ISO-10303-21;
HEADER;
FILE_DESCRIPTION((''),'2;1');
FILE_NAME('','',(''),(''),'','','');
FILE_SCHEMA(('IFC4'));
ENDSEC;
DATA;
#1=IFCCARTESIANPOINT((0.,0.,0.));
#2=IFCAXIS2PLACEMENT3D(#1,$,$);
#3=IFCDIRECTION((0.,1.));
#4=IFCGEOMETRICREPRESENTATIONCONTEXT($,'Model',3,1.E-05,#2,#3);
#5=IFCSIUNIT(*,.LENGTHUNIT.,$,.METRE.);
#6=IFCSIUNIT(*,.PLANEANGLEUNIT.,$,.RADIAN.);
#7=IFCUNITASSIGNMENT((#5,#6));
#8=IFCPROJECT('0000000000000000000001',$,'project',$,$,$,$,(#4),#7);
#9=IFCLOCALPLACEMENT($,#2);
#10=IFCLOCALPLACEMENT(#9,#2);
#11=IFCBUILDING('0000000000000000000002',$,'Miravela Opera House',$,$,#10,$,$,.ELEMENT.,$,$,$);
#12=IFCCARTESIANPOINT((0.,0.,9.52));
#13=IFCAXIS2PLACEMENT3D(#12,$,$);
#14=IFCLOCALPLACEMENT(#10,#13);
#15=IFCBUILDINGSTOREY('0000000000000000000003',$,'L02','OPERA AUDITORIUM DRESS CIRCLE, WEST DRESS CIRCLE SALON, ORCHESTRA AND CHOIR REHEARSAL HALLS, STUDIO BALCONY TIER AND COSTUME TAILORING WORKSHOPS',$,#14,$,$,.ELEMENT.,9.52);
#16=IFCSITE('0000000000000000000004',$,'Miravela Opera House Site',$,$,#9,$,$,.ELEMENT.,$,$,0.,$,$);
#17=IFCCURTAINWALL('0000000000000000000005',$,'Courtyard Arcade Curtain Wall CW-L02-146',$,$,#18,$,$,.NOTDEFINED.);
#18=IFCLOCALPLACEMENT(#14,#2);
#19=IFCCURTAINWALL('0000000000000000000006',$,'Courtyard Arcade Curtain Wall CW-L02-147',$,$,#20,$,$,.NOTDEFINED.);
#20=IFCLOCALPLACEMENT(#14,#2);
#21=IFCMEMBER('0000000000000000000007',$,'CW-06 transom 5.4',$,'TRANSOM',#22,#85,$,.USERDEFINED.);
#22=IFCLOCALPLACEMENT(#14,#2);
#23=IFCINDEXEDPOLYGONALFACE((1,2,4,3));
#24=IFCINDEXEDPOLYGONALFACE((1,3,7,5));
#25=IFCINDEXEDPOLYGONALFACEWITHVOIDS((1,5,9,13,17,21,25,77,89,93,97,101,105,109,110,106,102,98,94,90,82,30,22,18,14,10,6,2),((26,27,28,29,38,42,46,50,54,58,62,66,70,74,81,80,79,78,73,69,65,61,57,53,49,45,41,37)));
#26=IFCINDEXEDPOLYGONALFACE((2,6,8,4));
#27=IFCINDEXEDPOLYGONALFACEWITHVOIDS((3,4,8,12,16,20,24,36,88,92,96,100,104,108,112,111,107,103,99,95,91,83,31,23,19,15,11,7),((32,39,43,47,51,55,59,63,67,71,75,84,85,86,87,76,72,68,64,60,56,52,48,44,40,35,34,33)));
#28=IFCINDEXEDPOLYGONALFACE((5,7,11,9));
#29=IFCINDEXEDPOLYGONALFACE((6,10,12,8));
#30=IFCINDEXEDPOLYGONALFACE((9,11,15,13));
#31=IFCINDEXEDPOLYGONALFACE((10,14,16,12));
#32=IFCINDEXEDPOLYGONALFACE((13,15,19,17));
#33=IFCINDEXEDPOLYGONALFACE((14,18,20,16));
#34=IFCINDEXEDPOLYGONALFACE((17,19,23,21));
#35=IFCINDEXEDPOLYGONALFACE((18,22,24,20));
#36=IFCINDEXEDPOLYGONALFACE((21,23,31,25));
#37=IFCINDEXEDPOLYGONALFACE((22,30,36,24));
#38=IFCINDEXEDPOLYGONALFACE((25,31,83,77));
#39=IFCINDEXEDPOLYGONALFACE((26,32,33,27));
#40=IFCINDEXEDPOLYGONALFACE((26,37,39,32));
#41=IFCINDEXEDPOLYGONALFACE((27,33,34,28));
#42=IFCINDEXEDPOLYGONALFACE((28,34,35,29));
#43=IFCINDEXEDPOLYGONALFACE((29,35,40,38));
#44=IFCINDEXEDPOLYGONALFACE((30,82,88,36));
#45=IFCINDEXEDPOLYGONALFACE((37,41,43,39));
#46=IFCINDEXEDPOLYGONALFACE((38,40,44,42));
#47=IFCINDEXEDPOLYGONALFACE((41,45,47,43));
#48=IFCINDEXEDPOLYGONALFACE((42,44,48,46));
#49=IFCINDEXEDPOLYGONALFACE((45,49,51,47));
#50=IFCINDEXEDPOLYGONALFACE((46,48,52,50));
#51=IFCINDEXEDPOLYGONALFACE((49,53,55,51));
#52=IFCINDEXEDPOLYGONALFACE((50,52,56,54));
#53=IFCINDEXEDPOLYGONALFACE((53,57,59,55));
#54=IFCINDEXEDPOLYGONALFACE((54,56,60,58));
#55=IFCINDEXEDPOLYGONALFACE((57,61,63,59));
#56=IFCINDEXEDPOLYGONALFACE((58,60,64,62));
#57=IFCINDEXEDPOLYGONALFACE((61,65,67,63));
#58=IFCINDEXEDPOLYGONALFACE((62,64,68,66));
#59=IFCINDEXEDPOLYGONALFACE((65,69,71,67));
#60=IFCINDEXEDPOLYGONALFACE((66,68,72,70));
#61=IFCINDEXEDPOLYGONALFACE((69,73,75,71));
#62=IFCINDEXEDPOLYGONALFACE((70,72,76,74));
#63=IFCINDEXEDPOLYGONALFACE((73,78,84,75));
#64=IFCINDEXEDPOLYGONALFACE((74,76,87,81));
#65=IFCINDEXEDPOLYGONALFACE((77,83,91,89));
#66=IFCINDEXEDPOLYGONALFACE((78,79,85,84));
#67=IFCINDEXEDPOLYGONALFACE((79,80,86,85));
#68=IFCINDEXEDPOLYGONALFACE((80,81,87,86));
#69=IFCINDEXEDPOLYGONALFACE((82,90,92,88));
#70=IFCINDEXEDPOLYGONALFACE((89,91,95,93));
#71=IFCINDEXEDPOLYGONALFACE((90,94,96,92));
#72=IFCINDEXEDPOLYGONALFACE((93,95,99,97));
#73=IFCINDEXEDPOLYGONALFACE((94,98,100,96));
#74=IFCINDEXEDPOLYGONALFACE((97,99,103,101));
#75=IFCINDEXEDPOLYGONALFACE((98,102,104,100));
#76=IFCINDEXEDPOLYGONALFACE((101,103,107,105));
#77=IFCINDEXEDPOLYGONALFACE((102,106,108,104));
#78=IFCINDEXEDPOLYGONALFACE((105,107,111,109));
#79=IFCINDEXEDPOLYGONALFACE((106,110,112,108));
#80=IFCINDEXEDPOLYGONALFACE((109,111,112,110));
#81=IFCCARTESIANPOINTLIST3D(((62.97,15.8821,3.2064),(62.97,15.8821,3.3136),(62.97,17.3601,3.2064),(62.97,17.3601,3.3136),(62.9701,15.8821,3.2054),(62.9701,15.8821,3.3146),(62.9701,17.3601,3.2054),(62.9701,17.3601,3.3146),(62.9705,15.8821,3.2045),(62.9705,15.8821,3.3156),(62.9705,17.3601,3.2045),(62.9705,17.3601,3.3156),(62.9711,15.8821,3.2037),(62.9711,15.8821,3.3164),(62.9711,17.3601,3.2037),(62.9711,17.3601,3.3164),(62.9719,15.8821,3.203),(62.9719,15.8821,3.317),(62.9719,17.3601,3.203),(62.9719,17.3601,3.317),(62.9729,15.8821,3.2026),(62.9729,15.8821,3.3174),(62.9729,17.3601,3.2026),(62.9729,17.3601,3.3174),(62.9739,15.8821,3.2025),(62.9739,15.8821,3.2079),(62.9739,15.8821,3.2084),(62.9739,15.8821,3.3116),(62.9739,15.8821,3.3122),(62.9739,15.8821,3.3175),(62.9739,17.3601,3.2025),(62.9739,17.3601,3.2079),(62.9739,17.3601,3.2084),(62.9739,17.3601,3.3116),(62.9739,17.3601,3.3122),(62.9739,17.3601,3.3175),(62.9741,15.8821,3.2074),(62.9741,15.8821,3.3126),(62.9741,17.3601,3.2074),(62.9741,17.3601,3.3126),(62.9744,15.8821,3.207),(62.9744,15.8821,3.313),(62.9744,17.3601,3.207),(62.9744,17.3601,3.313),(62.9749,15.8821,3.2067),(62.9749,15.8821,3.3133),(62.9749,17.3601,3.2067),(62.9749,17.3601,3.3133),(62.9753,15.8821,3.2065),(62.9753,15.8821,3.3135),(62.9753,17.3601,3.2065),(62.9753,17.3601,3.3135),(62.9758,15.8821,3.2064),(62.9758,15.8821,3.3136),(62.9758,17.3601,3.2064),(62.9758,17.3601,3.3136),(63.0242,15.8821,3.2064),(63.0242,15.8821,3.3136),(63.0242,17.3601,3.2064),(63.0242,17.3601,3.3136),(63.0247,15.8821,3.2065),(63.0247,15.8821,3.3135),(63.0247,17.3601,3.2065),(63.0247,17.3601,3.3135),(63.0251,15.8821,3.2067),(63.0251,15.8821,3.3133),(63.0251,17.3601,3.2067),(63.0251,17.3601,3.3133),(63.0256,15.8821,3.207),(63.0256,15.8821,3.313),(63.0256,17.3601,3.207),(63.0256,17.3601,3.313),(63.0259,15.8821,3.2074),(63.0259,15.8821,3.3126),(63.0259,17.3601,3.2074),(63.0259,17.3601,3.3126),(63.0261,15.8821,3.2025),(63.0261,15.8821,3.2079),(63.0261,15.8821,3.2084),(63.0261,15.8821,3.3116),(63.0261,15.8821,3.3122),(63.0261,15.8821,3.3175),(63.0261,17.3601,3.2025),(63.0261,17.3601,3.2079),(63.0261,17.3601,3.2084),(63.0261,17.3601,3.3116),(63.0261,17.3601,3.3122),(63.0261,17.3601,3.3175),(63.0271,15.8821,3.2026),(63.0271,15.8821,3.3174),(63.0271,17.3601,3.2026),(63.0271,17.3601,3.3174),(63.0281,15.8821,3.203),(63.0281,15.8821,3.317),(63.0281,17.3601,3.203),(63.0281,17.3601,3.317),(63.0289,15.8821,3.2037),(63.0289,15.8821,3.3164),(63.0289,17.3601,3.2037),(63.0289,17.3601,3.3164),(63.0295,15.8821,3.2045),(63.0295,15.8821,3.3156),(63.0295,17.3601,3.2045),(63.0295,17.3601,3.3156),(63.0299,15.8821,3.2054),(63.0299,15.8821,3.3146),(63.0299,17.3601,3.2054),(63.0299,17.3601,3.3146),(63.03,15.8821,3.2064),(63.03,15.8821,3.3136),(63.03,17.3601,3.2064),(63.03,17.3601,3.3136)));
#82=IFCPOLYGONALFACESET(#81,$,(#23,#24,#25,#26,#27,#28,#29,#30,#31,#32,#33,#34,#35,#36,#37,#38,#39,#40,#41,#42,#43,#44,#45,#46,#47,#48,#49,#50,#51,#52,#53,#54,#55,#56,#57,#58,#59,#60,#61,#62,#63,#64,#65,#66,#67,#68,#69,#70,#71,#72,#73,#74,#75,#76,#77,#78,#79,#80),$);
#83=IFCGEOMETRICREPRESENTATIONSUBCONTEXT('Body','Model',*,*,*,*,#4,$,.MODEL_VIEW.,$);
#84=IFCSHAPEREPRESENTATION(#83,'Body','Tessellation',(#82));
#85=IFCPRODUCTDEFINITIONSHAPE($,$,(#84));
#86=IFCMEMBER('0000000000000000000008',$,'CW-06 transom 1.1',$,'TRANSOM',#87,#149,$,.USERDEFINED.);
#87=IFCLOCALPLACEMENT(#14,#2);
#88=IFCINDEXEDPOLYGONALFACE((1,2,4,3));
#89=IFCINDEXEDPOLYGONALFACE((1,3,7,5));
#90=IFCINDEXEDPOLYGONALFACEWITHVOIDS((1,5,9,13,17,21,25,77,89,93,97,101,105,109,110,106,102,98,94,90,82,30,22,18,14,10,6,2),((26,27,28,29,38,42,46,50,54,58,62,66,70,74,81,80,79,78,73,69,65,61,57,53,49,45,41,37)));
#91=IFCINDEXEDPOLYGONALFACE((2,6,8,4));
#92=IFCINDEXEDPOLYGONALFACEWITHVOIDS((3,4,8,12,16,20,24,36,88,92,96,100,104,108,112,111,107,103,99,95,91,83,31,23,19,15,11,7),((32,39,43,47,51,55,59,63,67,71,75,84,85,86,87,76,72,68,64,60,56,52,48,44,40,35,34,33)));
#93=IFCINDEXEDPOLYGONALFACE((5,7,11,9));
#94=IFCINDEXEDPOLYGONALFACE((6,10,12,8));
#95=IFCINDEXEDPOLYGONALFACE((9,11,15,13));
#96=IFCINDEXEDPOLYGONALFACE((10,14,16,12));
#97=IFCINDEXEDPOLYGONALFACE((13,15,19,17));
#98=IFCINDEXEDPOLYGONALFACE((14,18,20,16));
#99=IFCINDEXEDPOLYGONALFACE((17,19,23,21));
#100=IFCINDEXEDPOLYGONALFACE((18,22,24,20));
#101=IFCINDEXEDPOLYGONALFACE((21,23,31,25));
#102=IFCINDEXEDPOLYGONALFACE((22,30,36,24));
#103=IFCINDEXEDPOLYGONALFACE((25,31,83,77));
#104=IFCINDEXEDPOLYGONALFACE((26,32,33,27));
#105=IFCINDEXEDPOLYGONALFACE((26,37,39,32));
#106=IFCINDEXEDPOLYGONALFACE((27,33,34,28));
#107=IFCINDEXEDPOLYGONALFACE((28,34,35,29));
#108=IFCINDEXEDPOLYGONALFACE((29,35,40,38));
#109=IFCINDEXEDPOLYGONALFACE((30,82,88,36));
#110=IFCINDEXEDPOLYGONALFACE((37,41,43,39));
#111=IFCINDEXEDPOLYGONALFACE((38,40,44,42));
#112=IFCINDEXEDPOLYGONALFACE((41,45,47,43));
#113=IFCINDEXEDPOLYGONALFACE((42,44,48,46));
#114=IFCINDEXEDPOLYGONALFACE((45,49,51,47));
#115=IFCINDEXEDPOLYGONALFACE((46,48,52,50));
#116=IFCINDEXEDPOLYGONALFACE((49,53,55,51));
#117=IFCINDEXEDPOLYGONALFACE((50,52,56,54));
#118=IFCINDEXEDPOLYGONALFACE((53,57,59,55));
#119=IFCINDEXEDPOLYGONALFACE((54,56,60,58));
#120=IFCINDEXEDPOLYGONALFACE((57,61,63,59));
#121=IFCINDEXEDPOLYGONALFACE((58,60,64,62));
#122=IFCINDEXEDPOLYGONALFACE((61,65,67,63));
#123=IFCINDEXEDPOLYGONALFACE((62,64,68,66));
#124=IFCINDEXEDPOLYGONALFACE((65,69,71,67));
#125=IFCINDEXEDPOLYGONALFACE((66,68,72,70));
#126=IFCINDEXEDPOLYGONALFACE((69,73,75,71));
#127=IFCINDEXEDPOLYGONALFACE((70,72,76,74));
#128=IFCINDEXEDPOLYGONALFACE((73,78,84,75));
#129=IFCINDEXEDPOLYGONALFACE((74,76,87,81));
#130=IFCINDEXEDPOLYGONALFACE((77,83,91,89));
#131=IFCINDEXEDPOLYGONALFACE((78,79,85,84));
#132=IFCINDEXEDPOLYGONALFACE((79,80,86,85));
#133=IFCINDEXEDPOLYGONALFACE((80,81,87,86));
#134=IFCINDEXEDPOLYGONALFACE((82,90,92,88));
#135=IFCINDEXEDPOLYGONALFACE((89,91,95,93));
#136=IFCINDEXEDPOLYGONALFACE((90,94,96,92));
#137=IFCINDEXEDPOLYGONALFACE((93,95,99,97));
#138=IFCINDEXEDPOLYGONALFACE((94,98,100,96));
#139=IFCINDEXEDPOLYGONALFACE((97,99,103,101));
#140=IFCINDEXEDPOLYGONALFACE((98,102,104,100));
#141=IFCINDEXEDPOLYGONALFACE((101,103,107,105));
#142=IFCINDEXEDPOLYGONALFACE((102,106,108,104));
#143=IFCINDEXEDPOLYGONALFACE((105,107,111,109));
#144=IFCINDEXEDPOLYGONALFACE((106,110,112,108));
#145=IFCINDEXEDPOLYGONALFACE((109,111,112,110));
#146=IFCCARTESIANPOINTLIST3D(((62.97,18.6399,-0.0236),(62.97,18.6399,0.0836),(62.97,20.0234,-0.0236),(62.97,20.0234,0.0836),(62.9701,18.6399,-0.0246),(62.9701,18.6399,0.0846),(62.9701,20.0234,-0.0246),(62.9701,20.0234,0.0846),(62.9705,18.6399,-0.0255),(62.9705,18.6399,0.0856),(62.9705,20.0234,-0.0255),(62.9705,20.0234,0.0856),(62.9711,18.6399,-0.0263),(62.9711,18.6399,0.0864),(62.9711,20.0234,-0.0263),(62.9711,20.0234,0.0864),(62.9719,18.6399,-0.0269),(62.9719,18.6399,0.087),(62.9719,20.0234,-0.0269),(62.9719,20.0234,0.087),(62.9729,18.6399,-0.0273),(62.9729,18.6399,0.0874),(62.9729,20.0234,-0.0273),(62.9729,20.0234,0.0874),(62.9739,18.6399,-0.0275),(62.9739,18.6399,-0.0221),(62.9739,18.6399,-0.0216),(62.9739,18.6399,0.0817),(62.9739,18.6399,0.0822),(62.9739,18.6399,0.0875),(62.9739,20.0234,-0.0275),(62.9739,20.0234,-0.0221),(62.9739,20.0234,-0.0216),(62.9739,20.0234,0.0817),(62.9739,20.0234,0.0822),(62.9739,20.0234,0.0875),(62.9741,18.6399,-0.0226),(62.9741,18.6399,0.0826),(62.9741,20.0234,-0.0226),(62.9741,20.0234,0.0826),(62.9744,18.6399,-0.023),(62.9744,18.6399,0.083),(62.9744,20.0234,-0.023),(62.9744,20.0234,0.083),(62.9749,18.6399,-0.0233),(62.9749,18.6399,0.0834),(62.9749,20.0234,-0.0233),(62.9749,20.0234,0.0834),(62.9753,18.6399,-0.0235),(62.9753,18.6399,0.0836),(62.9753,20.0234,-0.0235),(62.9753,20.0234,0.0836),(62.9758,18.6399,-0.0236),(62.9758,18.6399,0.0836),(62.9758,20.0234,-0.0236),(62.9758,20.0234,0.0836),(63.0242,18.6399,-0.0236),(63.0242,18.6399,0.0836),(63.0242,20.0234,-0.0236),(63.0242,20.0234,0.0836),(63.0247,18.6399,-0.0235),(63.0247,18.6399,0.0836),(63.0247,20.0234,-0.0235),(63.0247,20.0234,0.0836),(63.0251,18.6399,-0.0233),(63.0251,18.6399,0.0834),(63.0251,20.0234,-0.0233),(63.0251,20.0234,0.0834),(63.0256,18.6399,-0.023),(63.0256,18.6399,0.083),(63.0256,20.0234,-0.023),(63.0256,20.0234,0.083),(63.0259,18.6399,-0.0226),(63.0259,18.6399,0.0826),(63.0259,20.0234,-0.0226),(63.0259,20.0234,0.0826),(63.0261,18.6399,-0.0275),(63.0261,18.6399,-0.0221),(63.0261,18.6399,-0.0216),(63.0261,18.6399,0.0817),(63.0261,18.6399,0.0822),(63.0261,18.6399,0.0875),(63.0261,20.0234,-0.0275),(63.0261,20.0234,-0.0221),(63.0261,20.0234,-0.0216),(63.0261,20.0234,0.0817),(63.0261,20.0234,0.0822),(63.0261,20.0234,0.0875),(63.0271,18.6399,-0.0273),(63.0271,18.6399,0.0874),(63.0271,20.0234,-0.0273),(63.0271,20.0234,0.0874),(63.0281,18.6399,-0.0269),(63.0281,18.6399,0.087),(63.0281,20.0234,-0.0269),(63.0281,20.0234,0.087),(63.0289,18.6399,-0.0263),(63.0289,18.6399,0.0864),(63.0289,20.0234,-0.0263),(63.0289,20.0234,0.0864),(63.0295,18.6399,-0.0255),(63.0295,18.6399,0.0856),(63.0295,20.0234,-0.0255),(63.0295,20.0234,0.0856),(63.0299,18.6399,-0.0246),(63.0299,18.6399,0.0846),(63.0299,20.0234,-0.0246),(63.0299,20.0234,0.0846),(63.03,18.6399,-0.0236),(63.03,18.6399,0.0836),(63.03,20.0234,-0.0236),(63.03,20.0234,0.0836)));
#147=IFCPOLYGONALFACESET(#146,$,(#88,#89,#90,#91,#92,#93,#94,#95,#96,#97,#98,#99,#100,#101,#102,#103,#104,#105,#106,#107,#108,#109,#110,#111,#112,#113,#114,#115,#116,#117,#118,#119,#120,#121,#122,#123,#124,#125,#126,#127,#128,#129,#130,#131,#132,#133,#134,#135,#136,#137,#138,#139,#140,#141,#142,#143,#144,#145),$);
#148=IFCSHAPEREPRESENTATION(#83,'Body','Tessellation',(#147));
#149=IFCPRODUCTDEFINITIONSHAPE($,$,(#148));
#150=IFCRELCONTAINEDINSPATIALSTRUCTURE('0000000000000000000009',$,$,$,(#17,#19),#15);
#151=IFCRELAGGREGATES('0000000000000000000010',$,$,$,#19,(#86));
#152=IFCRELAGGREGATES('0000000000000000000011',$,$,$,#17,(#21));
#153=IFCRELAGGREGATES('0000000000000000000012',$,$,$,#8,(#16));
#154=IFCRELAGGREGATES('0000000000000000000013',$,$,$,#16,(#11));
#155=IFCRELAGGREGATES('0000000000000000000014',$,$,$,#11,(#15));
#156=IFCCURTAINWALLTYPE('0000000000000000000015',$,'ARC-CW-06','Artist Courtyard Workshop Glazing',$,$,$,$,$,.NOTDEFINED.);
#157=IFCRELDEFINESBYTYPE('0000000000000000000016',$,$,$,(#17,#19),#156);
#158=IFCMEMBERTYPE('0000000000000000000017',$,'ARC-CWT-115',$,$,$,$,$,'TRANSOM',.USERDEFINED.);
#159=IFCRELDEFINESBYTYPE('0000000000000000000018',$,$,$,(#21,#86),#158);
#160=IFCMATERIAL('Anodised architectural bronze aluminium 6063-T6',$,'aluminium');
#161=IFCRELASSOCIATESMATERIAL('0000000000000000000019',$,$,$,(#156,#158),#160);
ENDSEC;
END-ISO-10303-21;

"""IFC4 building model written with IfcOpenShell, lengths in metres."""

from ifc_helpers import new_model, si_unit, direction, frame, origin, origin_2d, place, context, subcontext, project, spatial, hollow_rectangle, extrude, material, material_profile, profile_set, type_object, element, aggregate, save


model = new_model("IFC4")

# Units and contexts
model_context = context("Model", 3, precision=1e-05, world=origin(), true_north=direction((0.0, 1.0)))
body_context = subcontext(model_context, "Body", "Model", "MODEL_VIEW")
ifc_project = project(units=[si_unit("LENGTHUNIT", "METRE"), si_unit("PLANEANGLEUNIT", "RADIAN")], contexts=[model_context])

# Site, building, storey
site_placement = place(None, origin())
site = spatial("IfcSite", under=ifc_project, at=site_placement, Name="Miravela Opera House Site", CompositionType="ELEMENT", RefElevation=0.0)
building_placement = place(site_placement, origin())
building = spatial("IfcBuilding", under=site, at=building_placement, Name="Miravela Opera House", CompositionType="ELEMENT")
storey_placement = place(building_placement, frame((0.0, 0.0, 9.52)))
storey = spatial("IfcBuildingStorey", under=building, at=storey_placement, Name="L02", Description="OPERA AUDITORIUM DRESS CIRCLE, WEST DRESS CIRCLE SALON, ORCHESTRA AND CHOIR REHEARSAL HALLS, STUDIO BALCONY TIER AND COSTUME TAILORING WORKSHOPS", CompositionType="ELEMENT", Elevation=9.52)

# Curtain wall
ifc_material_1 = material(Name="Anodised architectural bronze aluminium 6063-T6", Category="aluminium")
curtain_wall_type = type_object("IfcCurtainWallType", Name="ARC-CW-06", Description="Artist Courtyard Workshop Glazing", PredefinedType="NOTDEFINED", material=ifc_material_1)
curtain_wall_1_placement = place(storey_placement, origin())
curtain_wall_1 = element("IfcCurtainWall", 1, at=curtain_wall_1_placement, inside=storey, type_object=curtain_wall_type, Name="Courtyard Arcade Curtain Wall CW-L02-146", PredefinedType="NOTDEFINED")

# Curtain wall
curtain_wall_2_placement = place(storey_placement, origin())
curtain_wall_2 = element("IfcCurtainWall", 2, at=curtain_wall_2_placement, inside=storey, type_object=curtain_wall_type, Name="Courtyard Arcade Curtain Wall CW-L02-147", PredefinedType="NOTDEFINED")

# Members
ifc_material_profile_1 = material_profile(ifc_material_1, hollow_rectangle(XDim=0.0601, YDim=0.115, WallThickness=0.0039, InnerFilletRadius=0.002, OuterFilletRadius=0.0039, at=origin_2d()), Name="CWT-60X115")
ifc_profile_set_1 = profile_set([ifc_material_profile_1])
member_type_1 = type_object("IfcMemberType", Name="ARC-CWT-115", ElementType="TRANSOM", PredefinedType="USERDEFINED", material=ifc_profile_set_1)
member_1_placement = place(storey_placement, frame((63.0, 15.8821, 3.26), z_axis=(0.0, 1.0, 0.0), x_axis=(-1.0, 0.0, 0.0)))
member_1 = element("IfcMember", 3, at=member_1_placement, type_object=member_type_1, Name="CW-06 transom 5.4", ObjectType="TRANSOM", PredefinedType="USERDEFINED", context=body_context, shape_type="SweptSolid", body=[
    extrude(hollow_rectangle(XDim=0.0601, YDim=0.115, WallThickness=0.0039, InnerFilletRadius=0.002, OuterFilletRadius=0.0039, at=origin_2d()), origin(), (0.0, 0.0, 1.0), 1.478),
])
member_2_placement = place(storey_placement, frame((63.0, 18.6399, 0.03), z_axis=(0.0, 1.0, 0.0), x_axis=(-1.0, 0.0, 0.0)))
member_2 = element("IfcMember", 4, at=member_2_placement, type_object=member_type_1, Name="CW-06 transom 1.1", ObjectType="TRANSOM", PredefinedType="USERDEFINED", context=body_context, shape_type="SweptSolid", body=[
    extrude(hollow_rectangle(XDim=0.0601, YDim=0.115, WallThickness=0.0039, InnerFilletRadius=0.002, OuterFilletRadius=0.0039, at=origin_2d()), origin(), (0.0, 0.0, 1.0), 1.3835),
])
aggregate(curtain_wall_2, [member_2])

aggregate(curtain_wall_1, [member_1])

save(model, "model.ifc")
